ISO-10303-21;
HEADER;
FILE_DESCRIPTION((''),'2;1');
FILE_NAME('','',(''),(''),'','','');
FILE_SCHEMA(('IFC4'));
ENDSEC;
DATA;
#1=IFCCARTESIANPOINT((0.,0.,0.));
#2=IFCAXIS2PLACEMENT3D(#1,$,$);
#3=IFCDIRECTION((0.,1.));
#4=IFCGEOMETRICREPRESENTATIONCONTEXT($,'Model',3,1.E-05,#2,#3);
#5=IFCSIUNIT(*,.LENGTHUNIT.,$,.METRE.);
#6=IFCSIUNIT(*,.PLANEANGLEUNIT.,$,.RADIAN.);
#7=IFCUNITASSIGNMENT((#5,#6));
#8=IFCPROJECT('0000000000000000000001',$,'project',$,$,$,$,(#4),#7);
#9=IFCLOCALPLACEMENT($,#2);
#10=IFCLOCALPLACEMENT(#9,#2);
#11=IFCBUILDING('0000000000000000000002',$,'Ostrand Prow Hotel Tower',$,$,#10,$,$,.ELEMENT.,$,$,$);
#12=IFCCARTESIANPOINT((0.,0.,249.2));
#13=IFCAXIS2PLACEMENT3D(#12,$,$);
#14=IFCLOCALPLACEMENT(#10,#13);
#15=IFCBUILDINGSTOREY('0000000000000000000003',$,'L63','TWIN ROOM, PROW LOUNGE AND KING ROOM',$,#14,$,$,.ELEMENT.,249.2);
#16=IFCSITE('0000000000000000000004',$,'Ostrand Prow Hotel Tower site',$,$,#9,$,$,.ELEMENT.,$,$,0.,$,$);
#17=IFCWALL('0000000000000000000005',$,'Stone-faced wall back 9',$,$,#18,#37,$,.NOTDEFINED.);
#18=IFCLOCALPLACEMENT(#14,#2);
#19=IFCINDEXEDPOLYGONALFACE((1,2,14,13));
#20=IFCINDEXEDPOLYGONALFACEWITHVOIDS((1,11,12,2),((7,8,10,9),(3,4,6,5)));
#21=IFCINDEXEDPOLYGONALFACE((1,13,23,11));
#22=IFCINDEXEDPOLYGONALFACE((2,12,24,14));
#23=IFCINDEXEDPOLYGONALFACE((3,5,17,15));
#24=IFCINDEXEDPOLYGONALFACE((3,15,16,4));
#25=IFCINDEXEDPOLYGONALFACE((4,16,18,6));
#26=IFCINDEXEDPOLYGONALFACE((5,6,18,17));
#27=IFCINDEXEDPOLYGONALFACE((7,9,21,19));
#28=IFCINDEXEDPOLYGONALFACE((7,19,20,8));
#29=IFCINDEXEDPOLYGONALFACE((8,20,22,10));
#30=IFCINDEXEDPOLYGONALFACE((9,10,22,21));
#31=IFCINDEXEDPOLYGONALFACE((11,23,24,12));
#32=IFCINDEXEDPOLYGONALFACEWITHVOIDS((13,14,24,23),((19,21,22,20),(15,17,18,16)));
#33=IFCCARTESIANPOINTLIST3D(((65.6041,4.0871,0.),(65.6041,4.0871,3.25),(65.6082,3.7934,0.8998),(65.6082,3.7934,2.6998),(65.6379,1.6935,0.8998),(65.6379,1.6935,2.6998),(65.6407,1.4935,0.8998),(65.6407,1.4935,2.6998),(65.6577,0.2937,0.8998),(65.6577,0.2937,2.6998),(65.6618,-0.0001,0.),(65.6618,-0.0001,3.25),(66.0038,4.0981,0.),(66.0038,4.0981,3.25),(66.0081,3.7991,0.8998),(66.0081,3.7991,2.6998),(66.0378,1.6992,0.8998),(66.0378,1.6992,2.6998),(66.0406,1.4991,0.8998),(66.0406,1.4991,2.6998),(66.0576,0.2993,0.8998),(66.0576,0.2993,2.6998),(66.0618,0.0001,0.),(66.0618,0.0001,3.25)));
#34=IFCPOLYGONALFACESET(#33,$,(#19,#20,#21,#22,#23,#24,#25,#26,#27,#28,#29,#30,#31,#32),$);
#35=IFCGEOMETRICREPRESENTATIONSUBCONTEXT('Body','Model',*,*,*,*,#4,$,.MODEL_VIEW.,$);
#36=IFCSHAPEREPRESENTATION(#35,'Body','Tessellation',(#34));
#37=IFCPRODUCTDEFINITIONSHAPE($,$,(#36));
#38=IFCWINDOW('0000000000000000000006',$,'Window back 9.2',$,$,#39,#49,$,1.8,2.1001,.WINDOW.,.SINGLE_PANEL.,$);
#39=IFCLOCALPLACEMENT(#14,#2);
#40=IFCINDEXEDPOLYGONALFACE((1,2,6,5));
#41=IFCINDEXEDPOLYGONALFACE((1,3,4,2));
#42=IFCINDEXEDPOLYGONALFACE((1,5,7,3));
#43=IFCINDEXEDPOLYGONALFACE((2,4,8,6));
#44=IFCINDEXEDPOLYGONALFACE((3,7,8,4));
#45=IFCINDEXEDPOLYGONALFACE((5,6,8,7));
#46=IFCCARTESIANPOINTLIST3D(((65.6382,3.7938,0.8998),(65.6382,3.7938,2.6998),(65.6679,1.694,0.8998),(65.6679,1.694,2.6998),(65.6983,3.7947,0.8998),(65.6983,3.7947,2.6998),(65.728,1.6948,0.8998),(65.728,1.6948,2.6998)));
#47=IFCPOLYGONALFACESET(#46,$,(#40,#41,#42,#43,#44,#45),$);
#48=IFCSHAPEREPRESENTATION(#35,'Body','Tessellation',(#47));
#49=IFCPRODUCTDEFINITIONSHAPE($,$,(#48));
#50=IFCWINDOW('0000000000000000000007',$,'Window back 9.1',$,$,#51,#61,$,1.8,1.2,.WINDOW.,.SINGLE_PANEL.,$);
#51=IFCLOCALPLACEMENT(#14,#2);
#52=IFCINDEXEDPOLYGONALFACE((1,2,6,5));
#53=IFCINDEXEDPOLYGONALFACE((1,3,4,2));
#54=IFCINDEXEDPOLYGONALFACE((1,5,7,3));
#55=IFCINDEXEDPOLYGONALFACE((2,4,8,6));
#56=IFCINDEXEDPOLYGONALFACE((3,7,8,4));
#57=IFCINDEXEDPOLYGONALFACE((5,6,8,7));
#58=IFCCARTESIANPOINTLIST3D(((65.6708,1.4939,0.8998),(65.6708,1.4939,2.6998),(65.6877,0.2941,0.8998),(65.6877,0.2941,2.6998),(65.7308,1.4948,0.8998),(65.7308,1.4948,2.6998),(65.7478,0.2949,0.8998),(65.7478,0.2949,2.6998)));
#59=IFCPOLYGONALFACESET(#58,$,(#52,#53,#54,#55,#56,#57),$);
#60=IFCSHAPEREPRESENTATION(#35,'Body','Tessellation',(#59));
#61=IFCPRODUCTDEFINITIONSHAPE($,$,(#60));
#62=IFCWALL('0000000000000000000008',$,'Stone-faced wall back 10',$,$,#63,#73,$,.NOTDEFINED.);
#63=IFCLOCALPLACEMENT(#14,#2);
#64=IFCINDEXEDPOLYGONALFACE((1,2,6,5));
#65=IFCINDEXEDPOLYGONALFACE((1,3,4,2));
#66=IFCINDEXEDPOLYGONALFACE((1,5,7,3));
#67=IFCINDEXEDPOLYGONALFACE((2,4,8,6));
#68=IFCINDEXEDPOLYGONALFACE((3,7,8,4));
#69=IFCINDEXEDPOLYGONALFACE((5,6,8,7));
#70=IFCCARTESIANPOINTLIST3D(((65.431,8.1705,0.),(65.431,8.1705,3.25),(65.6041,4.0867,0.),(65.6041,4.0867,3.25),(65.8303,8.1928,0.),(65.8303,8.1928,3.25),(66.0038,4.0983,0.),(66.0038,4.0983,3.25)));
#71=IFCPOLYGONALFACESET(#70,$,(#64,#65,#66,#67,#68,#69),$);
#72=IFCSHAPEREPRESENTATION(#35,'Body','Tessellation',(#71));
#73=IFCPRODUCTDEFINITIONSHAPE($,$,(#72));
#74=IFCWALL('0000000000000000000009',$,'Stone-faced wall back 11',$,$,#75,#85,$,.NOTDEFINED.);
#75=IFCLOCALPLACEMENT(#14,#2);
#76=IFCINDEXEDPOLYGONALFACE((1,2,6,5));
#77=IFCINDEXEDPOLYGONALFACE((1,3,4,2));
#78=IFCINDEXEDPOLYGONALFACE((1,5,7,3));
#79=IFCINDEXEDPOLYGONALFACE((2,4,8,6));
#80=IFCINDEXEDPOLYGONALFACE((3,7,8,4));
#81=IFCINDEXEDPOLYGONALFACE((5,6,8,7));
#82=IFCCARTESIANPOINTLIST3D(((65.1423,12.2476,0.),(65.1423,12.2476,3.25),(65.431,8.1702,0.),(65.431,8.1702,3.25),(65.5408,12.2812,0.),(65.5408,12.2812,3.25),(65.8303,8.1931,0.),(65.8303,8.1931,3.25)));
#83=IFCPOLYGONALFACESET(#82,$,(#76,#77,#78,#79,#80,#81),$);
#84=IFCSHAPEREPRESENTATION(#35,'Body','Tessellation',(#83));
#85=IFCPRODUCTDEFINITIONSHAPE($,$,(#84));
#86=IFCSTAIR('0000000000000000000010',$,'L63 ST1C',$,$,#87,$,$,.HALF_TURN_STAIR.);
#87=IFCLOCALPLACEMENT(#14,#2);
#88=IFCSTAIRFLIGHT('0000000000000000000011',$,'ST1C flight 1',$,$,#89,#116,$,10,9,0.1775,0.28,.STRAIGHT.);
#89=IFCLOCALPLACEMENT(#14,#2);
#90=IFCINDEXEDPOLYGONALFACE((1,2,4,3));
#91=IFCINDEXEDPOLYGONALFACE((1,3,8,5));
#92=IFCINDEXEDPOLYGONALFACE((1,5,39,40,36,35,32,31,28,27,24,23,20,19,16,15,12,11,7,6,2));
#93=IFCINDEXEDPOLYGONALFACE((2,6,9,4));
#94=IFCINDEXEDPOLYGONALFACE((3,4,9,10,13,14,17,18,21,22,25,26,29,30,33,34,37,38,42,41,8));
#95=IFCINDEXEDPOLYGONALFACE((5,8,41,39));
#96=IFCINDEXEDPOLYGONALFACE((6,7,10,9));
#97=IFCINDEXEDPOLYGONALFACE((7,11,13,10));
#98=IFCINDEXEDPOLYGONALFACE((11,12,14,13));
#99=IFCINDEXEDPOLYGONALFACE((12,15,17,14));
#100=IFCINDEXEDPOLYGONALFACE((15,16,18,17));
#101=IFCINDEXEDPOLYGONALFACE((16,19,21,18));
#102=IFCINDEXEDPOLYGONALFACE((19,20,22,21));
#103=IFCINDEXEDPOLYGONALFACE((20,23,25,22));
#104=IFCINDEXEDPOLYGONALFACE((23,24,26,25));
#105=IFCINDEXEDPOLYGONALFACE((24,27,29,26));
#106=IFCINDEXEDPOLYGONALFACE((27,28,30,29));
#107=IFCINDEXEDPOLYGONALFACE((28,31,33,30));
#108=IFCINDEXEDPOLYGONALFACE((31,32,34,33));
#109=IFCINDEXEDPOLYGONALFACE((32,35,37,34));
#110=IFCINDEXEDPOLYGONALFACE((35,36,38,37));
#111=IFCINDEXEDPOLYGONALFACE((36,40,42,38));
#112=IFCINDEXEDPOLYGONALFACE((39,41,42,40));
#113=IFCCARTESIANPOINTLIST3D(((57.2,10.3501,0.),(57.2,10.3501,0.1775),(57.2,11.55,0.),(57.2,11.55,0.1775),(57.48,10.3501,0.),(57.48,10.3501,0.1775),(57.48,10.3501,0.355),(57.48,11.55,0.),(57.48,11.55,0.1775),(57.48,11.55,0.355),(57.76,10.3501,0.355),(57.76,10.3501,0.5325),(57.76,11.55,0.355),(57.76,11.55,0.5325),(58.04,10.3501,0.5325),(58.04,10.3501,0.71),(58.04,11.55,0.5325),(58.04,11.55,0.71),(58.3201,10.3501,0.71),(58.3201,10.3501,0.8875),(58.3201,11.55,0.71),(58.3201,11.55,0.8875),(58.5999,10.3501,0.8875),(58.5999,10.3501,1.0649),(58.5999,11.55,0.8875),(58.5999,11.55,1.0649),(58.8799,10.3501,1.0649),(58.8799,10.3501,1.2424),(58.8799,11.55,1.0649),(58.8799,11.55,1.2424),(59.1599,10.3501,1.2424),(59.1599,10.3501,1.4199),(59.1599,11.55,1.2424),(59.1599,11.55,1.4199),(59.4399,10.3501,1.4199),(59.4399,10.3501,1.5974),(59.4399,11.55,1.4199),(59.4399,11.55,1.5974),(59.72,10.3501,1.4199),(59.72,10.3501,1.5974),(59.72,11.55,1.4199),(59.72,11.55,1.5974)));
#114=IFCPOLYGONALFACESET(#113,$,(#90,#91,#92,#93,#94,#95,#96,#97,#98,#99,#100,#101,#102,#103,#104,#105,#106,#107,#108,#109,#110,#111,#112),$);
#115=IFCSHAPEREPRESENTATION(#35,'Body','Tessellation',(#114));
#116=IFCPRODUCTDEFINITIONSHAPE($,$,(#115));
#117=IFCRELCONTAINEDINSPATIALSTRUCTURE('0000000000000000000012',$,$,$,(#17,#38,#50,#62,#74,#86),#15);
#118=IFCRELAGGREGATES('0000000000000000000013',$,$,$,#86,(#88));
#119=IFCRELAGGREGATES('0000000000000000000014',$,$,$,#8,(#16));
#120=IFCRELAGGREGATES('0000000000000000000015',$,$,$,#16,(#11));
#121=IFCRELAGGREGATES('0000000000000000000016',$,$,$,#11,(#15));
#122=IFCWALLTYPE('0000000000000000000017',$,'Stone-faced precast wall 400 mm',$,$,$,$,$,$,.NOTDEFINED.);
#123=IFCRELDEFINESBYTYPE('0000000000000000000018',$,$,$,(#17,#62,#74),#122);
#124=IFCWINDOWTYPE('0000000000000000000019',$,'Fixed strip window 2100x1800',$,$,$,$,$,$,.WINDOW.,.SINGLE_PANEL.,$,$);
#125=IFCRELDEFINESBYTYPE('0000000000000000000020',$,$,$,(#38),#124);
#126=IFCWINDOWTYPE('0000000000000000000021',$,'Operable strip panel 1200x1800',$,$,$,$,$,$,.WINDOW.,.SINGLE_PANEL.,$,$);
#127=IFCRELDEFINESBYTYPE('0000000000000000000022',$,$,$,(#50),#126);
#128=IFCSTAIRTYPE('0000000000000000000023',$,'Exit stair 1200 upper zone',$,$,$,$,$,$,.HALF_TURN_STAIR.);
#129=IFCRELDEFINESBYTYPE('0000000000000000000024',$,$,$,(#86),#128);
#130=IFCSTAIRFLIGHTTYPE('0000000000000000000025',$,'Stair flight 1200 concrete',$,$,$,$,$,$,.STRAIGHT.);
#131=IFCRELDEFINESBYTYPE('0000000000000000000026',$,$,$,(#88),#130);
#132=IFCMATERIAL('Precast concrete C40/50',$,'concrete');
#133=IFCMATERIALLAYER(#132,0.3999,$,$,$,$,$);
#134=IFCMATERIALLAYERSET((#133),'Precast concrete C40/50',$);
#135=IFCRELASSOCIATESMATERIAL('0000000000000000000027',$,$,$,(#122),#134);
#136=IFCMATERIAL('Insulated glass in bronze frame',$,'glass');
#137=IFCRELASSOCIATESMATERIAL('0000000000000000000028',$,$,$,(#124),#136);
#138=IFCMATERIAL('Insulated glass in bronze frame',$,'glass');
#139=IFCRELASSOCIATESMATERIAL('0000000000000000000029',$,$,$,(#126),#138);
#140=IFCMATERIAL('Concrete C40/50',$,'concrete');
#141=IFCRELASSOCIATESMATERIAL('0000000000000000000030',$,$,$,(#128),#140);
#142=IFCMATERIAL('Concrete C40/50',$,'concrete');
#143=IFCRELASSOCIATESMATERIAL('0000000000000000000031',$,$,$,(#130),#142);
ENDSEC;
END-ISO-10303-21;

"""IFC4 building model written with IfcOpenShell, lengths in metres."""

from ifc_helpers import new_model, si_unit, direction, frame, frame_2d, origin, place, context, subcontext, project, spatial, polyline, rectangle, outline, extrude, material, layer, layer_set, type_object, element, fill, aggregate, save


model = new_model("IFC4")

# Units and contexts
model_context = context("Model", 3, precision=1e-05, world=origin(), true_north=direction((0.0, 1.0)))
body_context = subcontext(model_context, "Body", "Model", "MODEL_VIEW")
ifc_project = project(units=[si_unit("LENGTHUNIT", "METRE"), si_unit("PLANEANGLEUNIT", "RADIAN")], contexts=[model_context])

# Site, building, storey
site_placement = place(None, origin())
site = spatial("IfcSite", under=ifc_project, at=site_placement, Name="Ostrand Prow Hotel Tower site", CompositionType="ELEMENT", RefElevation=0.0)
building_placement = place(site_placement, origin())
building = spatial("IfcBuilding", under=site, at=building_placement, Name="Ostrand Prow Hotel Tower", CompositionType="ELEMENT")
storey_placement = place(building_placement, frame((0.0, 0.0, 249.2)))
storey = spatial("IfcBuildingStorey", under=building, at=storey_placement, Name="L63", Description="TWIN ROOM, PROW LOUNGE AND KING ROOM", CompositionType="ELEMENT", Elevation=249.2)

# Wall, openings, windows
ifc_material_1 = material(Name="Precast concrete C40/50", Category="concrete")
ifc_layer_1 = layer(ifc_material_1, 0.3999)
ifc_layer_set_1 = layer_set([ifc_layer_1], Name="Precast concrete C40/50")
wall_type_1 = type_object("IfcWallType", Name="Stone-faced precast wall 400 mm", PredefinedType="NOTDEFINED", material=ifc_layer_set_1)
wall_1_placement = place(storey_placement, frame((65.8618, 0.0, 0.0), z_axis=(0.0, 0.0, 1.0), x_axis=(-0.014137, 0.9999, 0.0)))
wall_1 = element("IfcWall", 1, at=wall_1_placement, inside=storey, type_object=wall_type_1, Name="Stone-faced wall back 9", PredefinedType="NOTDEFINED", context=body_context, shape_type="SweptSolid", body=[
    extrude(outline(polyline([(-0.0027, -0.2), (4.0957, -0.2), (4.0903, 0.2), (0.0027, 0.2), (-0.0027, -0.2)])), origin(), (0.0, 0.0, 1.0), 3.25),
])
opening_1_placement = place(wall_1_placement, frame((0.2964, 0.0, 0.8999)))
opening_1 = element("IfcOpeningElement", 2, at=opening_1_placement, cuts=wall_1, PredefinedType="OPENING", context=body_context, shape_type="SweptSolid", body=[
    extrude(rectangle(XDim=1.2, YDim=1.8, at=frame_2d((0.6001, 0.8999))), frame((0.0, 0.21, 0.0), z_axis=(0.0, -1.0, 0.0), x_axis=(1.0, 0.0, 0.0)), (0.0, 0.0, 1.0), 0.4199),
])
opening_2_placement = place(wall_1_placement, frame((1.6965, 0.0, 0.8999)))
opening_2 = element("IfcOpeningElement", 3, at=opening_2_placement, cuts=wall_1, PredefinedType="OPENING", context=body_context, shape_type="SweptSolid", body=[
    extrude(rectangle(XDim=2.1001, YDim=1.8, at=frame_2d((1.05, 0.8999))), frame((0.0, 0.21, 0.0), z_axis=(0.0, -1.0, 0.0), x_axis=(1.0, 0.0, 0.0)), (0.0, 0.0, 1.0), 0.4199),
])
ifc_material_2 = material(Name="Insulated glass in bronze frame", Category="glass")
window_type_1 = type_object("IfcWindowType", Name="Fixed strip window 2100x1800", PartitioningType="SINGLE_PANEL", PredefinedType="WINDOW", material=ifc_material_2)
window_1_placement = place(opening_2_placement, origin())
window_1 = element("IfcWindow", 4, at=window_1_placement, inside=storey, type_object=window_type_1, Name="Window back 9.2", OverallHeight=1.8, OverallWidth=2.1001, PartitioningType="SINGLE_PANEL", PredefinedType="WINDOW", context=body_context, shape_type="SweptSolid", body=[
    extrude(rectangle(XDim=2.1001, YDim=1.8, at=frame_2d((1.05, 0.8999))), frame((0.0, 0.1699, 0.0), z_axis=(0.0, -1.0, 0.0), x_axis=(1.0, 0.0, 0.0)), (0.0, 0.0, 1.0), 0.0601),
])
fill(opening_2, window_1)
ifc_material_3 = material(Name="Insulated glass in bronze frame", Category="glass")
window_type_2 = type_object("IfcWindowType", Name="Operable strip panel 1200x1800", PartitioningType="SINGLE_PANEL", PredefinedType="WINDOW", material=ifc_material_3)
window_2_placement = place(opening_1_placement, origin())
window_2 = element("IfcWindow", 5, at=window_2_placement, inside=storey, type_object=window_type_2, Name="Window back 9.1", OverallHeight=1.8, OverallWidth=1.2, PartitioningType="SINGLE_PANEL", PredefinedType="WINDOW", context=body_context, shape_type="SweptSolid", body=[
    extrude(rectangle(XDim=1.2, YDim=1.8, at=frame_2d((0.6001, 0.8999))), frame((0.0, 0.1699, 0.0), z_axis=(0.0, -1.0, 0.0), x_axis=(1.0, 0.0, 0.0)), (0.0, 0.0, 1.0), 0.0601),
])
fill(opening_1, window_2)

# Walls
wall_2_placement = place(storey_placement, frame((65.804, 4.0925, 0.0), z_axis=(0.0, 0.0, 1.0), x_axis=(-0.042353, 0.999103, 0.0)))
element("IfcWall", 6, at=wall_2_placement, inside=storey, type_object=wall_type_1, Name="Stone-faced wall back 10", PredefinedType="NOTDEFINED", context=body_context, shape_type="SweptSolid", body=[
    extrude(outline(polyline([(-0.0027, -0.2), (4.0955, -0.2), (4.0901, 0.2), (0.0027, 0.2), (-0.0027, -0.2)])), origin(), (0.0, 0.0, 1.0), 3.25),
])
wall_3_placement = place(storey_placement, frame((65.6306, 8.1816, 0.0), z_axis=(0.0, 0.0, 1.0), x_axis=(-0.070624, 0.997503, 0.0)))
element("IfcWall", 7, at=wall_3_placement, inside=storey, type_object=wall_type_1, Name="Stone-faced wall back 11", PredefinedType="NOTDEFINED", context=body_context, shape_type="SweptSolid", body=[
    extrude(outline(polyline([(-0.0027, -0.2), (4.0957, -0.2), (4.0903, 0.2), (0.0027, 0.2), (-0.0027, -0.2)])), origin(), (0.0, 0.0, 1.0), 3.25),
])

# Stair, stair flight
ifc_material_4 = material(Name="Concrete C40/50", Category="concrete")
stair_type = type_object("IfcStairType", Name="Exit stair 1200 upper zone", PredefinedType="HALF_TURN_STAIR", material=ifc_material_4)
stair_placement = place(storey_placement, origin())
stair = element("IfcStair", 8, at=stair_placement, inside=storey, type_object=stair_type, Name="L63 ST1C", PredefinedType="HALF_TURN_STAIR")
ifc_material_5 = material(Name="Concrete C40/50", Category="concrete")
stair_flight_type = type_object("IfcStairFlightType", Name="Stair flight 1200 concrete", PredefinedType="STRAIGHT", material=ifc_material_5)
stair_flight_placement = place(storey_placement, frame((57.2, 10.95, 0.0), z_axis=(0.0, 0.0, 1.0), x_axis=(1.0, 0.0, 0.0)))
stair_flight = element("IfcStairFlight", 9, at=stair_flight_placement, type_object=stair_flight_type, Name="ST1C flight 1", NumberOfRisers=10, NumberOfTreads=9, PredefinedType="STRAIGHT", RiserHeight=0.1775, TreadLength=0.28, context=body_context, shape_type="SweptSolid", body=[
    extrude(outline(polyline([(0.0, 0.0), (0.0, 0.1775), (0.28, 0.1775), (0.28, 0.355), (0.5601, 0.355), (0.5601, 0.5325), (0.8401, 0.5325), (0.8401, 0.71), (1.1201, 0.71), (1.1201, 0.8875), (1.3999, 0.8875), (1.3999, 1.0649), (1.6799, 1.0649), (1.6799, 1.2424), (1.96, 1.2424), (1.96, 1.4199), (2.24, 1.4199), (2.24, 1.5974), (2.52, 1.5974), (2.52, 1.7749), (2.52, 1.4199), (0.28, 0.0), (0.0, 0.0)])), frame((0.0, 0.6001, 0.0), z_axis=(0.0, -1.0, 0.0), x_axis=(1.0, 0.0, 0.0)), (0.0, 0.0, 1.0), 1.2),
])
aggregate(stair, [stair_flight])

save(model, "model.ifc")
